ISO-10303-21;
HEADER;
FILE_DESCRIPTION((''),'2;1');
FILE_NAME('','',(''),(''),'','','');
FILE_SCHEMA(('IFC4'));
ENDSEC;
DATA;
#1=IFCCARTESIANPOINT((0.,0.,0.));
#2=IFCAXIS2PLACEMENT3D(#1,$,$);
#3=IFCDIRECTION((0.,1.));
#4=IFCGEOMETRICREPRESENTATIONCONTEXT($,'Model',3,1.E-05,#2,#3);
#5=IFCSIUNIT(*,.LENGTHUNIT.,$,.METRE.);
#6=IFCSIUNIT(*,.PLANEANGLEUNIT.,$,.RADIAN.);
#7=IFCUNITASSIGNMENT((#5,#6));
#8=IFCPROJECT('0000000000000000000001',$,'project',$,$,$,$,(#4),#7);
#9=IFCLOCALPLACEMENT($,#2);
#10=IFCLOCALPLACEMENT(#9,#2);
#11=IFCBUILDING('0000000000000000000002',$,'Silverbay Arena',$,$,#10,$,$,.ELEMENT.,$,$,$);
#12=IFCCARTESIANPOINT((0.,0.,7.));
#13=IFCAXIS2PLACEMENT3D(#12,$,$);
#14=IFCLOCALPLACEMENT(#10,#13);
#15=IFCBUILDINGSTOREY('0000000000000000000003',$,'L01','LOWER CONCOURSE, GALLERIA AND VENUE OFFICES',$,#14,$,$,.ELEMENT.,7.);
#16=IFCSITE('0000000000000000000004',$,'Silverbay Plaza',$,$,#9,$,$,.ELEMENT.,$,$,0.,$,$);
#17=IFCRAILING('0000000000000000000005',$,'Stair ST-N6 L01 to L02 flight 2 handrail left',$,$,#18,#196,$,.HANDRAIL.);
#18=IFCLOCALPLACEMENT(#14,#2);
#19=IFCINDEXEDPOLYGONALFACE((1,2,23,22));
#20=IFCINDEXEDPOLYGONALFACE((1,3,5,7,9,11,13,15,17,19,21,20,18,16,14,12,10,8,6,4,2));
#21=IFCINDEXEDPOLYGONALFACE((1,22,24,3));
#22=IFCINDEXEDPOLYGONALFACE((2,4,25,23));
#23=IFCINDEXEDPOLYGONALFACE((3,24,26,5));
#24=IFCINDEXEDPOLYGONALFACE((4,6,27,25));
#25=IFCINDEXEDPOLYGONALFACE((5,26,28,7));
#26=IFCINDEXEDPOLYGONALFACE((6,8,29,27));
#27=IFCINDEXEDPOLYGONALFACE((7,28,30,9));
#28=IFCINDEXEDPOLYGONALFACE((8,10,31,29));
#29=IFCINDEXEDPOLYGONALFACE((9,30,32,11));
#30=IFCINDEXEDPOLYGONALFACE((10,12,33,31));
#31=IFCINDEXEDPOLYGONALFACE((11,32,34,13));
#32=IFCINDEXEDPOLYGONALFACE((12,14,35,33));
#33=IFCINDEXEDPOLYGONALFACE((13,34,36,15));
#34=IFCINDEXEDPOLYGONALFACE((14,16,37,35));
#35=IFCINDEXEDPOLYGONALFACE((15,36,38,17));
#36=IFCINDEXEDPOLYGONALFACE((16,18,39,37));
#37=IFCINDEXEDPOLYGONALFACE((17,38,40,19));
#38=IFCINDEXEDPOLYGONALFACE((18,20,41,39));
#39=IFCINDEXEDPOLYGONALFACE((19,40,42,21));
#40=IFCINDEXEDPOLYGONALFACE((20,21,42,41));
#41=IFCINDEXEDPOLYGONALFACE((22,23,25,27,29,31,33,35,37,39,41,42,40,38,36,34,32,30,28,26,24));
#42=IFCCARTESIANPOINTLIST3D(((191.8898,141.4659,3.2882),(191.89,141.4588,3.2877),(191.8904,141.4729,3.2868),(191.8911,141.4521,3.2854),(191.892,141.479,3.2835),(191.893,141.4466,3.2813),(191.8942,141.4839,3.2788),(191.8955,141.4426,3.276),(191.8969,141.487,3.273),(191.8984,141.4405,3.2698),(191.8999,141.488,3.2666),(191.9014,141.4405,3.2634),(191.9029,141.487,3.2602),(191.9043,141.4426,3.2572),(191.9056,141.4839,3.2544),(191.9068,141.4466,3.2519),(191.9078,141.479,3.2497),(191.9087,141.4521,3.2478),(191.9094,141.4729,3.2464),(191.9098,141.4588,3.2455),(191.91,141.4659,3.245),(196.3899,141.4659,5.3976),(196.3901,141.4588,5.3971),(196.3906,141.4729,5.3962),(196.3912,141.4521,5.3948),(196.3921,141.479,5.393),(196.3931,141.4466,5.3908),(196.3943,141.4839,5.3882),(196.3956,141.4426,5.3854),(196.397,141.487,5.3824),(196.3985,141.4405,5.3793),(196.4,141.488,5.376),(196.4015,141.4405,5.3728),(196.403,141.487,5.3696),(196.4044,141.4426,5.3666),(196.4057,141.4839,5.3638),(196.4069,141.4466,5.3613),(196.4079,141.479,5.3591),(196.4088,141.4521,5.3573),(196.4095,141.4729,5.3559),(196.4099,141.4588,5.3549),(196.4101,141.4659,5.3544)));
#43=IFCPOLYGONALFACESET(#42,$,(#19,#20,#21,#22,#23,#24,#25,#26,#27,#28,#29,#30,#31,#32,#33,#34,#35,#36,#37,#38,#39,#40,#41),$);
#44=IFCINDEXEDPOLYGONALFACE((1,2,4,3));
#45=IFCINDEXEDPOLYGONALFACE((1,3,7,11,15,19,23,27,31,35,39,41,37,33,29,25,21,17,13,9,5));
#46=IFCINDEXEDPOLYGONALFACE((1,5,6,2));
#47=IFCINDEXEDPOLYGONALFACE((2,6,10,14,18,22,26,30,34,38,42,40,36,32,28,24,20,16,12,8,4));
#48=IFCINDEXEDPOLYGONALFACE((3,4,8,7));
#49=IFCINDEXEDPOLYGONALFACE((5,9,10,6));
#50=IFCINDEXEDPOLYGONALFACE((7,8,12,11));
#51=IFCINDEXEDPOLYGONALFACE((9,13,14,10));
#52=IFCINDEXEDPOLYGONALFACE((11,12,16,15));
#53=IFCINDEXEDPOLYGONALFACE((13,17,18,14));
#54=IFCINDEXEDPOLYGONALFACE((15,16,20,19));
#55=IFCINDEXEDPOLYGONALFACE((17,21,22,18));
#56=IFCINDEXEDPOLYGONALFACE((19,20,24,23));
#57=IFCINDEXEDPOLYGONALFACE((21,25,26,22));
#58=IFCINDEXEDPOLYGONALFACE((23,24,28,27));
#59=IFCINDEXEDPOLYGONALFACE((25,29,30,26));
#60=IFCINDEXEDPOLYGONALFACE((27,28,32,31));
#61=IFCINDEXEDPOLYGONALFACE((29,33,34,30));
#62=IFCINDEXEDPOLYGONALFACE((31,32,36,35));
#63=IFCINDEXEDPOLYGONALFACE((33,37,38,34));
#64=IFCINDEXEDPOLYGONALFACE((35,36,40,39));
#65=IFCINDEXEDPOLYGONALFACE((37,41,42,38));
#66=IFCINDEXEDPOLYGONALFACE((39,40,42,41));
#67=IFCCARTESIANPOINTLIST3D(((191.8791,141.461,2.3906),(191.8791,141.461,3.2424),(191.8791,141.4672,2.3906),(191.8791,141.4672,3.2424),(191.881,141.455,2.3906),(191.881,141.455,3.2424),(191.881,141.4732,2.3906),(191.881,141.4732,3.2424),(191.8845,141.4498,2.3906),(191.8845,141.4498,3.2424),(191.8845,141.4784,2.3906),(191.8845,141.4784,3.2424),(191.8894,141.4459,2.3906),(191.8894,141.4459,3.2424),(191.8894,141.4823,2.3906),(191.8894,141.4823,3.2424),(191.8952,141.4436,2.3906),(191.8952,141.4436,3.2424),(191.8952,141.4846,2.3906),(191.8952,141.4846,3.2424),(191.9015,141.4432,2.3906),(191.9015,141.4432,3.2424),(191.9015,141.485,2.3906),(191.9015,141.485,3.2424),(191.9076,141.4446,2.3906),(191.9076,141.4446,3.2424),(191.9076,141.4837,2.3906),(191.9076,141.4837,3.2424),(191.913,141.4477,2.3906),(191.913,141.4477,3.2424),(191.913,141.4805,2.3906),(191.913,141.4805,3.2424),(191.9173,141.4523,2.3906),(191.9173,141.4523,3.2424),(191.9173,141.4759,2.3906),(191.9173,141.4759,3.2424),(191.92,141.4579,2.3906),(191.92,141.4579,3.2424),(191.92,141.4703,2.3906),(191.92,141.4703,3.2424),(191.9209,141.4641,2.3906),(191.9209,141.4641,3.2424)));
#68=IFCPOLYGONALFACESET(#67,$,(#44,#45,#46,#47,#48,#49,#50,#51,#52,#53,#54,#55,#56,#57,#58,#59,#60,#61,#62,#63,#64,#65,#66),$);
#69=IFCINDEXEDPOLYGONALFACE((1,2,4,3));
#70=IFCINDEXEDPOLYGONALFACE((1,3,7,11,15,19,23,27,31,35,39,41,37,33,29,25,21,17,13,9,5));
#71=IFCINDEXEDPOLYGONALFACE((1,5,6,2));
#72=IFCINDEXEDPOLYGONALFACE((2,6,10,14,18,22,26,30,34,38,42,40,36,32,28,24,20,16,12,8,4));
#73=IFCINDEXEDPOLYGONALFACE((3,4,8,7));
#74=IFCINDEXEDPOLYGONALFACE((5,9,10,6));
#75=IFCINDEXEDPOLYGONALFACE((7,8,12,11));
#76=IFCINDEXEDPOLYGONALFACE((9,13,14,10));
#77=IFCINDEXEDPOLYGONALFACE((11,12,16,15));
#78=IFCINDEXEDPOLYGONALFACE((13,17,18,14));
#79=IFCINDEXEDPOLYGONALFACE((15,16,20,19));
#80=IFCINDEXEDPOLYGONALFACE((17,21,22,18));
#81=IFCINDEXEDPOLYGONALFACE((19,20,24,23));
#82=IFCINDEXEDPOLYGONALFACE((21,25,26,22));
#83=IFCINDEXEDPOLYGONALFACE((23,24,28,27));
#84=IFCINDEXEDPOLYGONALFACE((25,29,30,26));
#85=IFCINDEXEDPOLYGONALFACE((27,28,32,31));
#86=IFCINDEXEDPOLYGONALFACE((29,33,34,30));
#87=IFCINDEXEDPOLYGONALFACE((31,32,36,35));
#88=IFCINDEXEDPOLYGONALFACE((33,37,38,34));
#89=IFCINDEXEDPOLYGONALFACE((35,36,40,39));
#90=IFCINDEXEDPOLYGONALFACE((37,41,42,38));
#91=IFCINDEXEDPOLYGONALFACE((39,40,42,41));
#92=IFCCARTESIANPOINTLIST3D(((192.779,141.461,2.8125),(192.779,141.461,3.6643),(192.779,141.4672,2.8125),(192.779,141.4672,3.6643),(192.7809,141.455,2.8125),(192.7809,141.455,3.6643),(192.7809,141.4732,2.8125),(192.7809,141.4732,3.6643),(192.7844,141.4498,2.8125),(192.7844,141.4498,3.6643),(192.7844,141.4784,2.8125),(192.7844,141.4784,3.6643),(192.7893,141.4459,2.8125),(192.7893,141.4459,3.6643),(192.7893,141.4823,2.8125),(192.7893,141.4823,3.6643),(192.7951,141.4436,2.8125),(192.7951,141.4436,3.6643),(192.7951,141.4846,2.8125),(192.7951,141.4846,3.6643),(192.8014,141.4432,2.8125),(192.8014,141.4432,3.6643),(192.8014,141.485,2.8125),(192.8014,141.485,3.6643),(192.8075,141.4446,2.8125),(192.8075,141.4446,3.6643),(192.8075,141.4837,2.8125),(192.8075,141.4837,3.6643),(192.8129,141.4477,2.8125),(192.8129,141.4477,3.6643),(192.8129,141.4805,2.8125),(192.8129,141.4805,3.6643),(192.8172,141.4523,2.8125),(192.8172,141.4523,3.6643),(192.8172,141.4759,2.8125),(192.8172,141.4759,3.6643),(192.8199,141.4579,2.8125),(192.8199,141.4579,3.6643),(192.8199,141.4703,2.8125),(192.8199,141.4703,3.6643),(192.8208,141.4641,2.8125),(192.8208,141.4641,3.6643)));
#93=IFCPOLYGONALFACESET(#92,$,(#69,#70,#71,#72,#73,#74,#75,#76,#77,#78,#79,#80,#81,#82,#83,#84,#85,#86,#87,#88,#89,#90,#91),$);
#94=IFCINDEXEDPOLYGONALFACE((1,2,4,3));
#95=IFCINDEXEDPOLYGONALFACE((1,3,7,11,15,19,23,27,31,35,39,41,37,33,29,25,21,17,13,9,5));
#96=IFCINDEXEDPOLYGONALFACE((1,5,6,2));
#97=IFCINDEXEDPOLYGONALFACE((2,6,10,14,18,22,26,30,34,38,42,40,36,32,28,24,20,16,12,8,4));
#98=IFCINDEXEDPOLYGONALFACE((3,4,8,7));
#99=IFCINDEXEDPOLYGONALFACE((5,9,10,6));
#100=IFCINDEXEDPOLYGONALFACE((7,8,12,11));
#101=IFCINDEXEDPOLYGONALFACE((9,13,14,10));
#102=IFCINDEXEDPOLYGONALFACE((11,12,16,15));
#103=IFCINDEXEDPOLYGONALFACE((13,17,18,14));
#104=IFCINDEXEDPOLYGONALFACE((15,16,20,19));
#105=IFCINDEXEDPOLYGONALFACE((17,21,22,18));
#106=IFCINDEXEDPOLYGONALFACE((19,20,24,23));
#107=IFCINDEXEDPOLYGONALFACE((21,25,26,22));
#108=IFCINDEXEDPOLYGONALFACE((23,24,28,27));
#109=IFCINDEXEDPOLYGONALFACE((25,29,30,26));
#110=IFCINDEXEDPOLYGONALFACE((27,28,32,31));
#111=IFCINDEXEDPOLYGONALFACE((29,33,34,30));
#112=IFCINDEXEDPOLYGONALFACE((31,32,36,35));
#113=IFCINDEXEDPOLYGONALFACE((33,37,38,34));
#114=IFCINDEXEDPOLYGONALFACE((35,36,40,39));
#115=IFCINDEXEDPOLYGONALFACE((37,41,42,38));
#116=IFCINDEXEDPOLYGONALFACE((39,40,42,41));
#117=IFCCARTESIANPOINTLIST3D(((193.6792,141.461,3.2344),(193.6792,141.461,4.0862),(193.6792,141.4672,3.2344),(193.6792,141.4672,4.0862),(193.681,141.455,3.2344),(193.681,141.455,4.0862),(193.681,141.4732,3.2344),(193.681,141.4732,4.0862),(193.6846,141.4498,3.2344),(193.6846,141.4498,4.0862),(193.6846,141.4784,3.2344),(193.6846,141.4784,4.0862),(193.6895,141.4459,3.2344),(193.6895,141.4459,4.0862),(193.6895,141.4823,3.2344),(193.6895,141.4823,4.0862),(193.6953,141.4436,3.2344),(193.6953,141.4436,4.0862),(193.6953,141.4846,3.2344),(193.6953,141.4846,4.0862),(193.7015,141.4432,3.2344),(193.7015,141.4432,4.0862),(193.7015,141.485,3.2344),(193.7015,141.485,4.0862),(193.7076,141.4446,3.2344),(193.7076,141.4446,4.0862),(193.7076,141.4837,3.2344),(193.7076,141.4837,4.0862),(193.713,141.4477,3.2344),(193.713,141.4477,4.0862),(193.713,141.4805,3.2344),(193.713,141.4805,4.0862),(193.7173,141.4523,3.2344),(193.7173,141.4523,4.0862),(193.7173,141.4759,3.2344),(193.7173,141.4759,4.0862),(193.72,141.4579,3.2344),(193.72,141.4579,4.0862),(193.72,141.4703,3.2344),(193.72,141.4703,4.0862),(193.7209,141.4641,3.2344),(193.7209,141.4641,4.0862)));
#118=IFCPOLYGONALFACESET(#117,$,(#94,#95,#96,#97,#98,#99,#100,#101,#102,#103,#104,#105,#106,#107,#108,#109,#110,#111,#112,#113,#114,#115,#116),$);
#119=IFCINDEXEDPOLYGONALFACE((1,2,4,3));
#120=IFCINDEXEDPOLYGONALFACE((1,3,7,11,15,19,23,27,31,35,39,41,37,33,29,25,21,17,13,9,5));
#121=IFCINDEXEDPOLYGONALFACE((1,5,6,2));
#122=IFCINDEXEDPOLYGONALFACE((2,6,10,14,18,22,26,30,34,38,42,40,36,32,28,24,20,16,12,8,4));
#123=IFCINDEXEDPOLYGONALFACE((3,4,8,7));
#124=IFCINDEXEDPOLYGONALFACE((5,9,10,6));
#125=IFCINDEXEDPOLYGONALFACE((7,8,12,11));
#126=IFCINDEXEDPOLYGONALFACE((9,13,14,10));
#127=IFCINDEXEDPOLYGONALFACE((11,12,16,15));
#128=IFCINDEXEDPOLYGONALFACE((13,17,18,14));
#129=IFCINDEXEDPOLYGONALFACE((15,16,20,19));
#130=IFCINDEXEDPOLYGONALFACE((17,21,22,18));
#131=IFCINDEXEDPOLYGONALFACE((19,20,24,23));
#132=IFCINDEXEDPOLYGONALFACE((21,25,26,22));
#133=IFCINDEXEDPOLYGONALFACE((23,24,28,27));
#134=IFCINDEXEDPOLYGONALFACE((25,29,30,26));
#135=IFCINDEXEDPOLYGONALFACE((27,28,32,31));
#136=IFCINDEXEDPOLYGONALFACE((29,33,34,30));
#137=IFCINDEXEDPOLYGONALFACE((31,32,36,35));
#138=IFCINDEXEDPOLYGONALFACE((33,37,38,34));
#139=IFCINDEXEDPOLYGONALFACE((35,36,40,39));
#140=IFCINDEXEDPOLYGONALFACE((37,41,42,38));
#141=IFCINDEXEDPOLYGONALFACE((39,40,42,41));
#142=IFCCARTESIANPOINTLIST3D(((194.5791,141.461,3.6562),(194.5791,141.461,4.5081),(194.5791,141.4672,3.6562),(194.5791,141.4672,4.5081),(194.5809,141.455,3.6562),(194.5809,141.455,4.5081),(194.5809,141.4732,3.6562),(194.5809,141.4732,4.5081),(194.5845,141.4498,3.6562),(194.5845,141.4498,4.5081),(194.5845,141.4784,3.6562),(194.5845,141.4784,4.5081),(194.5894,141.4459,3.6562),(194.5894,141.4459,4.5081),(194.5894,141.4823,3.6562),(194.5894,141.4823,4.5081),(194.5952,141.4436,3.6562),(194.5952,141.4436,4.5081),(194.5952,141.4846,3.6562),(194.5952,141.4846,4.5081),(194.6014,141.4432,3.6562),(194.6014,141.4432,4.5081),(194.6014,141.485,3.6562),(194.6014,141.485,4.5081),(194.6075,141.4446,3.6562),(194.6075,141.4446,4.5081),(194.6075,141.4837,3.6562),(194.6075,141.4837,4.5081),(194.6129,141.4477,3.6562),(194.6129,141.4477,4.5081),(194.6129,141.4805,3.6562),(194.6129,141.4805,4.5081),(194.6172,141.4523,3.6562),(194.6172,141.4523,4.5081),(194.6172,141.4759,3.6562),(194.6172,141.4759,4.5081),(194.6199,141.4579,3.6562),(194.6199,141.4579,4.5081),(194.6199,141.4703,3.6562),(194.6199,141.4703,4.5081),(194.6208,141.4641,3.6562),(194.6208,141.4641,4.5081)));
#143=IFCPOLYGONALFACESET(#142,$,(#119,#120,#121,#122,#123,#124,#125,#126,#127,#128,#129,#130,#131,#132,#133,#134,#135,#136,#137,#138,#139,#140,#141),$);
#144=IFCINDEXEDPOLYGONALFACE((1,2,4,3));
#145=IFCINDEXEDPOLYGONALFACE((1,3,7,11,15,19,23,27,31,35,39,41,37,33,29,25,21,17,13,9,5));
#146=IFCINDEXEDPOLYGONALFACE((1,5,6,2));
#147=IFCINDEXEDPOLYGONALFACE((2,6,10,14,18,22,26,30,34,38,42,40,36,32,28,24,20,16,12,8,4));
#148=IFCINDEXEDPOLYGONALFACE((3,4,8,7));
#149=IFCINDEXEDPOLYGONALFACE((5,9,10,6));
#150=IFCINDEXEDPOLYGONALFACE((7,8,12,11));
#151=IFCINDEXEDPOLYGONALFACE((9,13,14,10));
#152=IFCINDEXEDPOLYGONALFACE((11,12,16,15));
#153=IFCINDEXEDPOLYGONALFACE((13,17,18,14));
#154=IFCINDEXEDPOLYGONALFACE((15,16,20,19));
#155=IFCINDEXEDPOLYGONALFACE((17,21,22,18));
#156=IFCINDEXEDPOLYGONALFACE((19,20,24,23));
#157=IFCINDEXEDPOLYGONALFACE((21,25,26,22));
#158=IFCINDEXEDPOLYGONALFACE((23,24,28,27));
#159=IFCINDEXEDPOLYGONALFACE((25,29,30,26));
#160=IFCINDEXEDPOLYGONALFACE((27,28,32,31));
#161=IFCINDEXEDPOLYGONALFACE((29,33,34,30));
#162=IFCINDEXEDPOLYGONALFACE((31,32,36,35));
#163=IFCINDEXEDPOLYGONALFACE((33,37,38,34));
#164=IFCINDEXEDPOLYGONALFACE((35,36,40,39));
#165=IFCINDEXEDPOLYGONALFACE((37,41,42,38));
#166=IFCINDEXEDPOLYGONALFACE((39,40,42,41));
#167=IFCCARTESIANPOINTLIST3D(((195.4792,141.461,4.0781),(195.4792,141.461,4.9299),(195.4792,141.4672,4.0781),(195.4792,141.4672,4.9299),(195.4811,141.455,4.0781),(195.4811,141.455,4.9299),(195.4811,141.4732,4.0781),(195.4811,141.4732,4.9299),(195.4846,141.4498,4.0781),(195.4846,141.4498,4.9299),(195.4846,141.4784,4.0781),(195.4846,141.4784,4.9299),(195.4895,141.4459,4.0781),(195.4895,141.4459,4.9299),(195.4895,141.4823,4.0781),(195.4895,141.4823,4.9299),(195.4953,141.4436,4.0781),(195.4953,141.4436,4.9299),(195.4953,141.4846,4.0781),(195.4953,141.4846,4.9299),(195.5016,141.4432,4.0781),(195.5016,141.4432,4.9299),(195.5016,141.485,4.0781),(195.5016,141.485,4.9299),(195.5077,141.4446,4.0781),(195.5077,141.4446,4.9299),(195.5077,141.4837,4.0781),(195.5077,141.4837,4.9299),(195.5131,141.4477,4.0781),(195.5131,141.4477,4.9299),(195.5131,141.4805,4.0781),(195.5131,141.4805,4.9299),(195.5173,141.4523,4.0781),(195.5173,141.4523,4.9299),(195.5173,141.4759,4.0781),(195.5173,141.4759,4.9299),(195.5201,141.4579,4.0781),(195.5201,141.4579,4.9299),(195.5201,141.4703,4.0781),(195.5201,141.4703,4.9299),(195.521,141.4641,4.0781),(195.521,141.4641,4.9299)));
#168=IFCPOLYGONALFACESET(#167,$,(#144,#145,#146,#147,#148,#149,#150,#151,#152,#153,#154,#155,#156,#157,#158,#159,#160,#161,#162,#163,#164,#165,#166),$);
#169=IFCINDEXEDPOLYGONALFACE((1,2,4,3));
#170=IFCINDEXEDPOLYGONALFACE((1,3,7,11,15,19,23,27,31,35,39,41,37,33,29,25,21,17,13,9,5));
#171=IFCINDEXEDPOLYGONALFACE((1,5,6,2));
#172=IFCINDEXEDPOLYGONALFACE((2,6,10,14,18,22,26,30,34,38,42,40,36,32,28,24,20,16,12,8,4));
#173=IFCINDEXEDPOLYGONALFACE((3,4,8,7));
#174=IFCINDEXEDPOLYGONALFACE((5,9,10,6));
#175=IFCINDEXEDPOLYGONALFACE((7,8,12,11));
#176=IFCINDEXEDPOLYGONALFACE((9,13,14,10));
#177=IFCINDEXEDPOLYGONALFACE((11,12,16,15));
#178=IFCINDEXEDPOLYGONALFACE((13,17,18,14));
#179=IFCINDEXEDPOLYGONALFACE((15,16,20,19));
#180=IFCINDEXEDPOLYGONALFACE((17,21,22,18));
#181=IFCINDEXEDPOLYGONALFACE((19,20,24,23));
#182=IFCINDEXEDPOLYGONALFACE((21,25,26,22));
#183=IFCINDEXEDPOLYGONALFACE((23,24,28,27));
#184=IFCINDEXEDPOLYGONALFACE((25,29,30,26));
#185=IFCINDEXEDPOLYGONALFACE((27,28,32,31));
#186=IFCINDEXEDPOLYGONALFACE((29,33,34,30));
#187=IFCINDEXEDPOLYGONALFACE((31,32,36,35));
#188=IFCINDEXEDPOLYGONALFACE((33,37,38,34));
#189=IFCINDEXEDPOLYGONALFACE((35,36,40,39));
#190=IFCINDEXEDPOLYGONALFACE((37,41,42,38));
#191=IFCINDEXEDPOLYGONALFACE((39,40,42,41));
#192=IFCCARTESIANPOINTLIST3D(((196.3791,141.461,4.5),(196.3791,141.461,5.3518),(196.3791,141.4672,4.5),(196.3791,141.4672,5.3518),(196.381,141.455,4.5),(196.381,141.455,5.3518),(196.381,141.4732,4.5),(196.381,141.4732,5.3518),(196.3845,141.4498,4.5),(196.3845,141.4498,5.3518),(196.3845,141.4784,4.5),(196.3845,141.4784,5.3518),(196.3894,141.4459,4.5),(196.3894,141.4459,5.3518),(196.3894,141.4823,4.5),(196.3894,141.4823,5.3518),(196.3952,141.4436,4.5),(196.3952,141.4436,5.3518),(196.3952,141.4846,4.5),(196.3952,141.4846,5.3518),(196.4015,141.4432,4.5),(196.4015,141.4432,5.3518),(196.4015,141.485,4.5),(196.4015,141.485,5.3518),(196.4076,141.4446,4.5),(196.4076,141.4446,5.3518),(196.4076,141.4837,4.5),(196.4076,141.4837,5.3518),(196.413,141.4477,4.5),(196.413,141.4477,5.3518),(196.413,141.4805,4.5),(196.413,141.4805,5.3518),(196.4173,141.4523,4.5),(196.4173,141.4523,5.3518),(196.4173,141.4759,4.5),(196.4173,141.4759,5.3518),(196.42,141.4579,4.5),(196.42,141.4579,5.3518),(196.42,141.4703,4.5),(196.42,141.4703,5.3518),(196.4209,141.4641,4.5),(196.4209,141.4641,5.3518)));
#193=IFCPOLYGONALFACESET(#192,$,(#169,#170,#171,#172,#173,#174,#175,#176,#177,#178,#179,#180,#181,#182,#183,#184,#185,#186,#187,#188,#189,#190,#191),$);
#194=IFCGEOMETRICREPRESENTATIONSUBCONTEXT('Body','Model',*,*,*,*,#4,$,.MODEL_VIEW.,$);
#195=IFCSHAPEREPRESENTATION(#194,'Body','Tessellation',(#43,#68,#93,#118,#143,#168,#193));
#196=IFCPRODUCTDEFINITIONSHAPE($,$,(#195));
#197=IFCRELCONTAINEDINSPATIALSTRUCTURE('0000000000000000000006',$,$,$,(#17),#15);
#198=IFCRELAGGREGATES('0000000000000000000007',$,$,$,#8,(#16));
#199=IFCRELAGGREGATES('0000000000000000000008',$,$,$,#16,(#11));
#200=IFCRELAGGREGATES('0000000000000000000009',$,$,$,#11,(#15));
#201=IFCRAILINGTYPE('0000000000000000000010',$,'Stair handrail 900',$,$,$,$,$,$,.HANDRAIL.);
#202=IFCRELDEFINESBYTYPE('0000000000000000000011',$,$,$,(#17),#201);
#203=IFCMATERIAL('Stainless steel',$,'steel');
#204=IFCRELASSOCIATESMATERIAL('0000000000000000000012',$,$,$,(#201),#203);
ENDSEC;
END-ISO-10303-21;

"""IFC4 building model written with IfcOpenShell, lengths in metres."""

from ifc_helpers import new_model, si_unit, direction, frame, origin, origin_2d, place, context, subcontext, project, spatial, circle, extrude, material, type_object, element, save


model = new_model("IFC4")

# Units and contexts
model_context = context("Model", 3, precision=1e-05, world=origin(), true_north=direction((0.0, 1.0)))
body_context = subcontext(model_context, "Body", "Model", "MODEL_VIEW")
ifc_project = project(units=[si_unit("LENGTHUNIT", "METRE"), si_unit("PLANEANGLEUNIT", "RADIAN")], contexts=[model_context])

# Site, building, storey
site_placement = place(None, origin())
site = spatial("IfcSite", under=ifc_project, at=site_placement, Name="Silverbay Plaza", CompositionType="ELEMENT", RefElevation=0.0)
building_placement = place(site_placement, origin())
building = spatial("IfcBuilding", under=site, at=building_placement, Name="Silverbay Arena", CompositionType="ELEMENT")
storey_placement = place(building_placement, frame((0.0, 0.0, 7.0)))
storey = spatial("IfcBuildingStorey", under=building, at=storey_placement, Name="L01", Description="LOWER CONCOURSE, GALLERIA AND VENUE OFFICES", CompositionType="ELEMENT", Elevation=7.0)

# Railing
ifc_material_1 = material(Name="Stainless steel", Category="steel")
railing_type_1 = type_object("IfcRailingType", Name="Stair handrail 900", PredefinedType="HANDRAIL", material=ifc_material_1)
for number, where, name in (
    (1, (191.8999, 141.4641, 2.3906), "Stair ST-N6 L01 to L02 flight 2 handrail left"),
):
    element("IfcRailing", number, at=place(storey_placement, frame(where)), inside=storey, type_object=railing_type_1, Name=name, PredefinedType="HANDRAIL", context=body_context, shape_type="SweptSolid", body=[
        extrude(circle(Radius=0.0239, at=origin_2d()), frame((0.0, 0.0, 0.876), z_axis=(0.905459, 0.0, 0.424434), x_axis=(0.0, 1.0, 0.0)), (0.0, 0.0, 1.0), 4.97),
        extrude(circle(Radius=0.021, at=origin_2d()), origin(), (0.0, 0.0, 1.0), 0.8518),
        extrude(circle(Radius=0.021, at=origin_2d()), frame((0.8999, 0.0, 0.4219)), (0.0, 0.0, 1.0), 0.8518),
        extrude(circle(Radius=0.021, at=origin_2d()), frame((1.8, 0.0, 0.8438)), (0.0, 0.0, 1.0), 0.8518),
        extrude(circle(Radius=0.021, at=origin_2d()), frame((2.7, 0.0, 1.2656)), (0.0, 0.0, 1.0), 0.8518),
        extrude(circle(Radius=0.021, at=origin_2d()), frame((3.6001, 0.0, 1.6875)), (0.0, 0.0, 1.0), 0.8518),
        extrude(circle(Radius=0.021, at=origin_2d()), frame((4.5, 0.0, 2.1094)), (0.0, 0.0, 1.0), 0.8518),
    ])

save(model, "model.ifc")
